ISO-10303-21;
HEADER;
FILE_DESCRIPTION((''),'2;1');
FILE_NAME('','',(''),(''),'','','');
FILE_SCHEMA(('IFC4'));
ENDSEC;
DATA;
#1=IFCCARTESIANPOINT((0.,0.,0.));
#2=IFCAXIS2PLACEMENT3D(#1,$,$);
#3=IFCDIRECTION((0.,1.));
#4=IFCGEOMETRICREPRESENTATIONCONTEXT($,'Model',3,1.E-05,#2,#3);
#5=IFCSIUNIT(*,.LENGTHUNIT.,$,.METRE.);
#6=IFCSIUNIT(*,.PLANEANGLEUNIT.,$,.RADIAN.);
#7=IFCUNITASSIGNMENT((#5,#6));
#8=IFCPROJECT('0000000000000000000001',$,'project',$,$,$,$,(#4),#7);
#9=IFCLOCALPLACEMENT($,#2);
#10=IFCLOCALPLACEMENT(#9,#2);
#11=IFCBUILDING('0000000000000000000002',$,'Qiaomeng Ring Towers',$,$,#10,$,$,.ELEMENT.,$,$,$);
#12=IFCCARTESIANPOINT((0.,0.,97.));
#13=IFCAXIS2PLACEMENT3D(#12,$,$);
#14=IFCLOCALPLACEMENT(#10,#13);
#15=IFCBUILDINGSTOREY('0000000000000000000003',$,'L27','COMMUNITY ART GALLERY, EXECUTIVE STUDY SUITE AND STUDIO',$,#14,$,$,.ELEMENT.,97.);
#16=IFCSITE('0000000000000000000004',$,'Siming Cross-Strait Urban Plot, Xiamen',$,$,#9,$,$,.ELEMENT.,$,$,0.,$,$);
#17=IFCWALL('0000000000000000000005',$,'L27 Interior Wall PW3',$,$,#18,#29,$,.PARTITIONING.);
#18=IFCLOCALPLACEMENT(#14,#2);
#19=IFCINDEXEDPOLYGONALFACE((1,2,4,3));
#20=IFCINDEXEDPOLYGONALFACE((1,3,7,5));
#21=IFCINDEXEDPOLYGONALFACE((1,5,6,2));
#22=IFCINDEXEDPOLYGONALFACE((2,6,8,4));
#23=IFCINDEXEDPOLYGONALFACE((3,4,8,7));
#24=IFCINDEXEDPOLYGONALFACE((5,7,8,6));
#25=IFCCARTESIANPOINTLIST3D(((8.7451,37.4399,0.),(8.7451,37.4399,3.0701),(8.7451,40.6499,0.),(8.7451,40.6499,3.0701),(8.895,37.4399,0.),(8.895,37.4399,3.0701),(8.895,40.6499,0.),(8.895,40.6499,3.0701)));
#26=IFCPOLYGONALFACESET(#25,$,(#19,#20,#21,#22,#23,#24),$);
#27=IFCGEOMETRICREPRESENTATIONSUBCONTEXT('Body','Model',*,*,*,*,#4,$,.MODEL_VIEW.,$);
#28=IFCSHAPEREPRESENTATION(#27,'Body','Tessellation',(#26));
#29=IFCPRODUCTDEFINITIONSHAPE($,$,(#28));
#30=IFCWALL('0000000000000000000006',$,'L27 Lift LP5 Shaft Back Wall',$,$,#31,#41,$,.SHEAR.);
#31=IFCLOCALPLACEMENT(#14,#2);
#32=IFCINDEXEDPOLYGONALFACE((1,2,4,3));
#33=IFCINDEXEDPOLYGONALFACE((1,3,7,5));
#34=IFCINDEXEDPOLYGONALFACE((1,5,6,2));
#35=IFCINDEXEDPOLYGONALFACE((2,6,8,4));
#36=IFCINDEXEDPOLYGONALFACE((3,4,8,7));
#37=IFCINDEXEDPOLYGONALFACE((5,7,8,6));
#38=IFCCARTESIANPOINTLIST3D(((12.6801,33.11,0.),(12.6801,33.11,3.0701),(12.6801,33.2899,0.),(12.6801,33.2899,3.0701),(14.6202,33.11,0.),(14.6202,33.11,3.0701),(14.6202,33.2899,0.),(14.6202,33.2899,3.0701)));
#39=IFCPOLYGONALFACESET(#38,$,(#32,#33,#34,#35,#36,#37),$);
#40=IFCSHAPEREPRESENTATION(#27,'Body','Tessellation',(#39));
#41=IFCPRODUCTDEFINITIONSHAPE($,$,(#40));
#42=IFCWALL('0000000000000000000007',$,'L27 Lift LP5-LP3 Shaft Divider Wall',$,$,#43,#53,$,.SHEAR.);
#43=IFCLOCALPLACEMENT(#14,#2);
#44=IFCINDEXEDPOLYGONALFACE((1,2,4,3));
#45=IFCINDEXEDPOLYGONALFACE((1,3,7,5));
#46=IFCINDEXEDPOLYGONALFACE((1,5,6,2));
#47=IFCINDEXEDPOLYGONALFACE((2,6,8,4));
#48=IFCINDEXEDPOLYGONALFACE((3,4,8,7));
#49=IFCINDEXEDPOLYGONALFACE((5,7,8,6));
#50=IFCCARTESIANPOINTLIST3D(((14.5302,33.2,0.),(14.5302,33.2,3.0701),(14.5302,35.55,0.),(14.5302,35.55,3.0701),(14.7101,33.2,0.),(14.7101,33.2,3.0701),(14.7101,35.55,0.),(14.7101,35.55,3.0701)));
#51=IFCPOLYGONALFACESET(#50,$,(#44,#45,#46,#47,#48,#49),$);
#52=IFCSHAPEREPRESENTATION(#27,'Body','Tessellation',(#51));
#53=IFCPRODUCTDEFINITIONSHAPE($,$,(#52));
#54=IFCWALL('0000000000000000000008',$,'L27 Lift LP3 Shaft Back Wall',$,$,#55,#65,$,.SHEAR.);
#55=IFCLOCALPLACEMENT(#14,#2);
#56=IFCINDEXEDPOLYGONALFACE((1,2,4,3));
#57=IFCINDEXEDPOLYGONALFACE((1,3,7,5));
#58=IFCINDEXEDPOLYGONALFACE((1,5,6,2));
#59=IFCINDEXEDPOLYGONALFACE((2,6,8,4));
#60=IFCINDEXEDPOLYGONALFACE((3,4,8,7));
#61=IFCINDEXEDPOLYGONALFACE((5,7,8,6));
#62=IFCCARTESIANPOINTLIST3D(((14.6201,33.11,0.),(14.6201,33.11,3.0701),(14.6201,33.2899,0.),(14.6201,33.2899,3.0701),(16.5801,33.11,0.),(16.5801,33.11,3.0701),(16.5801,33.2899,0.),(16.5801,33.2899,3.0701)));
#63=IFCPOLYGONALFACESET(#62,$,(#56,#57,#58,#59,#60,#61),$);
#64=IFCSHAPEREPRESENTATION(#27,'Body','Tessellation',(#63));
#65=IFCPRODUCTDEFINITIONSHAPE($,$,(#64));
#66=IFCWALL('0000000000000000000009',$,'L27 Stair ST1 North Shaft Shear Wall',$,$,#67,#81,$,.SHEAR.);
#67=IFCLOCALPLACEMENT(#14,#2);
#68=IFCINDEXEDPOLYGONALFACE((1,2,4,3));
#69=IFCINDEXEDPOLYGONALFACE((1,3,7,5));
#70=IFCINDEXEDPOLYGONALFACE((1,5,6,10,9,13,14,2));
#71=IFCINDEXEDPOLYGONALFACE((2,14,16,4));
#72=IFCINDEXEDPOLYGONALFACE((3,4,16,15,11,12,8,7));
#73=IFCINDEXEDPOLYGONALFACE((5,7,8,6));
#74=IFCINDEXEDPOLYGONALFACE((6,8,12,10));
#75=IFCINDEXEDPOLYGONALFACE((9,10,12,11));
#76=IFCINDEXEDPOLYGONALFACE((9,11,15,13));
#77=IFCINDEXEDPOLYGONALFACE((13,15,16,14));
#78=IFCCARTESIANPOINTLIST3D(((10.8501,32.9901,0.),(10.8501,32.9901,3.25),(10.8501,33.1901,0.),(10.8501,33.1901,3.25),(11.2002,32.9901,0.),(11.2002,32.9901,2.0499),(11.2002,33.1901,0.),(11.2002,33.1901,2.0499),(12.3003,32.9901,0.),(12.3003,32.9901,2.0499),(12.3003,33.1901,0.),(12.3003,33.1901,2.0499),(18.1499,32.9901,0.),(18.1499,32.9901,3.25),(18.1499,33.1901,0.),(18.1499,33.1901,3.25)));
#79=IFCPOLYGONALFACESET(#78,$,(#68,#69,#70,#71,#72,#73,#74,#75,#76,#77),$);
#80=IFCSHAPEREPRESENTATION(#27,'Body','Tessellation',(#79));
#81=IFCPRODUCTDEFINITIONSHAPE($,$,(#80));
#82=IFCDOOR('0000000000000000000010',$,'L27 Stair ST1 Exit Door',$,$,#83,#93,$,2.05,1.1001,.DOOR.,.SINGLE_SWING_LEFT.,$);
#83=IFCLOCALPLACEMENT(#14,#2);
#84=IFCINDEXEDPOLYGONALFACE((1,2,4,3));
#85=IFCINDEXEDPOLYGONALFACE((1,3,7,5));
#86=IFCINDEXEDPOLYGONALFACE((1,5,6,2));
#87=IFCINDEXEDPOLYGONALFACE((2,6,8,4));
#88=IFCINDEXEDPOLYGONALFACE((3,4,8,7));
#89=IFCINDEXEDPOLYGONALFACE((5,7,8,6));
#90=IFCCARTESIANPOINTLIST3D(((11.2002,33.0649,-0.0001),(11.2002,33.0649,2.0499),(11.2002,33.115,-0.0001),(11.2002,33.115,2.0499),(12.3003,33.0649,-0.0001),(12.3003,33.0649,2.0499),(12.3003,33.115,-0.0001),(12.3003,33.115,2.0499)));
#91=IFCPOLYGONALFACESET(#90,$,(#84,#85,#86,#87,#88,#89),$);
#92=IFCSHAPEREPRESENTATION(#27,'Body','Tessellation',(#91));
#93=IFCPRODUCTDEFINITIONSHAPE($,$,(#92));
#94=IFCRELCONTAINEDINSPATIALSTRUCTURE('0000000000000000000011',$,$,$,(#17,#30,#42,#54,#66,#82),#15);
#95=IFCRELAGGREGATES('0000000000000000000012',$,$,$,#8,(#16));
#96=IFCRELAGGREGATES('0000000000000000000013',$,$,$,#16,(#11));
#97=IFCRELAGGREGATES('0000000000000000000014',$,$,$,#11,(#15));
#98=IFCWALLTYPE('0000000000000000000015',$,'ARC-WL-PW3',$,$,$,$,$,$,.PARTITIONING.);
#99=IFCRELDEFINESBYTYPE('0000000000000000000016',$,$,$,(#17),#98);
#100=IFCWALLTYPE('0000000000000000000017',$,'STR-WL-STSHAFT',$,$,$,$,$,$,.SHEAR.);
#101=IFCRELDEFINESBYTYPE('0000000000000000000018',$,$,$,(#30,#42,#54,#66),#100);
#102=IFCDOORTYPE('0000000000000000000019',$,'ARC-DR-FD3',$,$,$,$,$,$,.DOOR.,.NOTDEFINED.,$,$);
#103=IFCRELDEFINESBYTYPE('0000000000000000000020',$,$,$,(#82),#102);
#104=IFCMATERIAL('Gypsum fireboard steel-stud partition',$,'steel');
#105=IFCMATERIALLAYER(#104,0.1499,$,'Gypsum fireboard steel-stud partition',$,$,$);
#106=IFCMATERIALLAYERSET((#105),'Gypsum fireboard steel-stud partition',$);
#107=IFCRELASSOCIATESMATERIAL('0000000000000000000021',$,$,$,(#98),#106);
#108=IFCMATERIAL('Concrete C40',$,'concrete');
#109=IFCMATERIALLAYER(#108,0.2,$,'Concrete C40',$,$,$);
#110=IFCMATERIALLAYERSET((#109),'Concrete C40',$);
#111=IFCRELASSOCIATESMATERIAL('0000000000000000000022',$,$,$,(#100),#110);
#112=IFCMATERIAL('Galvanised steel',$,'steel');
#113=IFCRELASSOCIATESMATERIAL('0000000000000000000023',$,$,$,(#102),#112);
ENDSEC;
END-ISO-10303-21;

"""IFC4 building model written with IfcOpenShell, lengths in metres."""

from ifc_helpers import new_model, si_unit, direction, frame, frame_2d, origin, place, context, subcontext, project, spatial, rectangle, extrude, source, transform, mapped, material, layer, layer_set, type_object, element, fill, save


model = new_model("IFC4")

# Units and contexts
model_context = context("Model", 3, precision=1e-05, world=origin(), true_north=direction((0.0, 1.0)))
body_context = subcontext(model_context, "Body", "Model", "MODEL_VIEW")
ifc_project = project(units=[si_unit("LENGTHUNIT", "METRE"), si_unit("PLANEANGLEUNIT", "RADIAN")], contexts=[model_context])

# Site, building, storey
site_placement = place(None, origin())
site = spatial("IfcSite", under=ifc_project, at=site_placement, Name="Siming Cross-Strait Urban Plot, Xiamen", CompositionType="ELEMENT", RefElevation=0.0)
building_placement = place(site_placement, origin())
building = spatial("IfcBuilding", under=site, at=building_placement, Name="Qiaomeng Ring Towers", CompositionType="ELEMENT")
storey_placement = place(building_placement, frame((0.0, 0.0, 97.0)))
storey = spatial("IfcBuildingStorey", under=building, at=storey_placement, Name="L27", Description="COMMUNITY ART GALLERY, EXECUTIVE STUDY SUITE AND STUDIO", CompositionType="ELEMENT", Elevation=97.0)

# Walls
ifc_material_1 = material(Name="Gypsum fireboard steel-stud partition", Category="steel")
ifc_layer_1 = layer(ifc_material_1, 0.1499, Name="Gypsum fireboard steel-stud partition")
ifc_layer_set_1 = layer_set([ifc_layer_1], Name="Gypsum fireboard steel-stud partition")
wall_type_1 = type_object("IfcWallType", Name="ARC-WL-PW3", PredefinedType="PARTITIONING", material=ifc_layer_set_1)
wall_1_placement = place(storey_placement, frame((8.8201, 37.4399, 0.0), z_axis=(0.0, 0.0, 1.0), x_axis=(0.0, 1.0, 0.0)))
element("IfcWall", 1, at=wall_1_placement, inside=storey, type_object=wall_type_1, Name="L27 Interior Wall PW3", PredefinedType="PARTITIONING", context=body_context, shape_type="SweptSolid", body=[
    extrude(rectangle(XDim=3.21, YDim=0.1499, at=frame_2d((1.605, 0.0))), origin(), (0.0, 0.0, 1.0), 3.0701),
])
ifc_material_2 = material(Name="Concrete C40", Category="concrete")
ifc_layer_2 = layer(ifc_material_2, 0.2, Name="Concrete C40")
ifc_layer_set_2 = layer_set([ifc_layer_2], Name="Concrete C40")
wall_type_2 = type_object("IfcWallType", Name="STR-WL-STSHAFT", PredefinedType="SHEAR", material=ifc_layer_set_2)
wall_2_placement = place(storey_placement, frame((12.6799, 33.2, 0.0), z_axis=(0.0, 0.0, 1.0), x_axis=(1.0, 0.0, 0.0)))
element("IfcWall", 2, at=wall_2_placement, inside=storey, type_object=wall_type_2, Name="L27 Lift LP5 Shaft Back Wall", PredefinedType="SHEAR", context=body_context, shape_type="SweptSolid", body=[
    extrude(rectangle(XDim=1.9402, YDim=0.1799, at=frame_2d((0.9702, 0.0))), origin(), (0.0, 0.0, 1.0), 3.0701),
])
wall_3_placement = place(storey_placement, frame((14.6201, 33.2, 0.0), z_axis=(0.0, 0.0, 1.0), x_axis=(0.0, 1.0, 0.0)))
element("IfcWall", 3, at=wall_3_placement, inside=storey, type_object=wall_type_2, Name="L27 Lift LP5-LP3 Shaft Divider Wall", PredefinedType="SHEAR", context=body_context, shape_type="SweptSolid", body=[
    extrude(rectangle(XDim=2.3501, YDim=0.1799, at=frame_2d((1.175, 0.0))), origin(), (0.0, 0.0, 1.0), 3.0701),
])
wall_4_placement = place(storey_placement, frame((14.6201, 33.2, 0.0), z_axis=(0.0, 0.0, 1.0), x_axis=(1.0, 0.0, 0.0)))
element("IfcWall", 4, at=wall_4_placement, inside=storey, type_object=wall_type_2, Name="L27 Lift LP3 Shaft Back Wall", PredefinedType="SHEAR", context=body_context, shape_type="SweptSolid", body=[
    extrude(rectangle(XDim=1.96, YDim=0.1799, at=frame_2d((0.98, 0.0))), origin(), (0.0, 0.0, 1.0), 3.0701),
])

# Wall, opening, door
wall_5_placement = place(storey_placement, frame((10.8501, 33.0901, 0.0), z_axis=(0.0, 0.0, 1.0), x_axis=(1.0, 0.0, 0.0)))
wall_5 = element("IfcWall", 5, at=wall_5_placement, inside=storey, type_object=wall_type_2, Name="L27 Stair ST1 North Shaft Shear Wall", PredefinedType="SHEAR", context=body_context, shape_type="SweptSolid", body=[
    extrude(rectangle(XDim=7.2998, YDim=0.2, at=frame_2d((3.6499, 0.0))), origin(), (0.0, 0.0, 1.0), 3.25),
])
opening_1_placement = place(wall_5_placement, frame((0.3501, 0.0, 0.0)))
opening_1 = element("IfcOpeningElement", 6, at=opening_1_placement, cuts=wall_5, PredefinedType="OPENING", context=body_context, shape_type="SweptSolid", body=[
    extrude(rectangle(XDim=1.1001, YDim=2.05, at=frame_2d((0.55, 1.0249))), frame((0.0, 0.1099, 0.0), z_axis=(0.0, -1.0, 0.0), x_axis=(1.0, 0.0, 0.0)), (0.0, 0.0, 1.0), 0.22),
])
ifc_material_3 = material(Name="Galvanised steel", Category="steel")
door_type_1 = type_object("IfcDoorType", Name="ARC-DR-FD3", OperationType="NOTDEFINED", PredefinedType="DOOR", material=ifc_material_3)
shared_shape_1 = source(origin(), body_context, "Body", "SweptSolid", [
    extrude(rectangle(XDim=1.1001, YDim=2.05, at=frame_2d((0.55, 1.0249))), frame((0.0, 0.0249, 0.0), z_axis=(0.0, -1.0, 0.0), x_axis=(1.0, 0.0, 0.0)), (0.0, 0.0, 1.0), 0.05),
])
door_1_placement = place(opening_1_placement, origin())
door_1 = element("IfcDoor", 7, at=door_1_placement, inside=storey, type_object=door_type_1, Name="L27 Stair ST1 Exit Door", OperationType="SINGLE_SWING_LEFT", OverallHeight=2.05, OverallWidth=1.1001, PredefinedType="DOOR", context=body_context, shape_type="MappedRepresentation", body=[
    mapped(shared_shape_1, transform((0.0, 0.0, 0.0), x_axis=(1.0, 0.0, 0.0), y_axis=(0.0, 1.0, 0.0), z_axis=(0.0, 0.0, 1.0), scale=1.0)),
])
fill(opening_1, door_1)

save(model, "model.ifc")
